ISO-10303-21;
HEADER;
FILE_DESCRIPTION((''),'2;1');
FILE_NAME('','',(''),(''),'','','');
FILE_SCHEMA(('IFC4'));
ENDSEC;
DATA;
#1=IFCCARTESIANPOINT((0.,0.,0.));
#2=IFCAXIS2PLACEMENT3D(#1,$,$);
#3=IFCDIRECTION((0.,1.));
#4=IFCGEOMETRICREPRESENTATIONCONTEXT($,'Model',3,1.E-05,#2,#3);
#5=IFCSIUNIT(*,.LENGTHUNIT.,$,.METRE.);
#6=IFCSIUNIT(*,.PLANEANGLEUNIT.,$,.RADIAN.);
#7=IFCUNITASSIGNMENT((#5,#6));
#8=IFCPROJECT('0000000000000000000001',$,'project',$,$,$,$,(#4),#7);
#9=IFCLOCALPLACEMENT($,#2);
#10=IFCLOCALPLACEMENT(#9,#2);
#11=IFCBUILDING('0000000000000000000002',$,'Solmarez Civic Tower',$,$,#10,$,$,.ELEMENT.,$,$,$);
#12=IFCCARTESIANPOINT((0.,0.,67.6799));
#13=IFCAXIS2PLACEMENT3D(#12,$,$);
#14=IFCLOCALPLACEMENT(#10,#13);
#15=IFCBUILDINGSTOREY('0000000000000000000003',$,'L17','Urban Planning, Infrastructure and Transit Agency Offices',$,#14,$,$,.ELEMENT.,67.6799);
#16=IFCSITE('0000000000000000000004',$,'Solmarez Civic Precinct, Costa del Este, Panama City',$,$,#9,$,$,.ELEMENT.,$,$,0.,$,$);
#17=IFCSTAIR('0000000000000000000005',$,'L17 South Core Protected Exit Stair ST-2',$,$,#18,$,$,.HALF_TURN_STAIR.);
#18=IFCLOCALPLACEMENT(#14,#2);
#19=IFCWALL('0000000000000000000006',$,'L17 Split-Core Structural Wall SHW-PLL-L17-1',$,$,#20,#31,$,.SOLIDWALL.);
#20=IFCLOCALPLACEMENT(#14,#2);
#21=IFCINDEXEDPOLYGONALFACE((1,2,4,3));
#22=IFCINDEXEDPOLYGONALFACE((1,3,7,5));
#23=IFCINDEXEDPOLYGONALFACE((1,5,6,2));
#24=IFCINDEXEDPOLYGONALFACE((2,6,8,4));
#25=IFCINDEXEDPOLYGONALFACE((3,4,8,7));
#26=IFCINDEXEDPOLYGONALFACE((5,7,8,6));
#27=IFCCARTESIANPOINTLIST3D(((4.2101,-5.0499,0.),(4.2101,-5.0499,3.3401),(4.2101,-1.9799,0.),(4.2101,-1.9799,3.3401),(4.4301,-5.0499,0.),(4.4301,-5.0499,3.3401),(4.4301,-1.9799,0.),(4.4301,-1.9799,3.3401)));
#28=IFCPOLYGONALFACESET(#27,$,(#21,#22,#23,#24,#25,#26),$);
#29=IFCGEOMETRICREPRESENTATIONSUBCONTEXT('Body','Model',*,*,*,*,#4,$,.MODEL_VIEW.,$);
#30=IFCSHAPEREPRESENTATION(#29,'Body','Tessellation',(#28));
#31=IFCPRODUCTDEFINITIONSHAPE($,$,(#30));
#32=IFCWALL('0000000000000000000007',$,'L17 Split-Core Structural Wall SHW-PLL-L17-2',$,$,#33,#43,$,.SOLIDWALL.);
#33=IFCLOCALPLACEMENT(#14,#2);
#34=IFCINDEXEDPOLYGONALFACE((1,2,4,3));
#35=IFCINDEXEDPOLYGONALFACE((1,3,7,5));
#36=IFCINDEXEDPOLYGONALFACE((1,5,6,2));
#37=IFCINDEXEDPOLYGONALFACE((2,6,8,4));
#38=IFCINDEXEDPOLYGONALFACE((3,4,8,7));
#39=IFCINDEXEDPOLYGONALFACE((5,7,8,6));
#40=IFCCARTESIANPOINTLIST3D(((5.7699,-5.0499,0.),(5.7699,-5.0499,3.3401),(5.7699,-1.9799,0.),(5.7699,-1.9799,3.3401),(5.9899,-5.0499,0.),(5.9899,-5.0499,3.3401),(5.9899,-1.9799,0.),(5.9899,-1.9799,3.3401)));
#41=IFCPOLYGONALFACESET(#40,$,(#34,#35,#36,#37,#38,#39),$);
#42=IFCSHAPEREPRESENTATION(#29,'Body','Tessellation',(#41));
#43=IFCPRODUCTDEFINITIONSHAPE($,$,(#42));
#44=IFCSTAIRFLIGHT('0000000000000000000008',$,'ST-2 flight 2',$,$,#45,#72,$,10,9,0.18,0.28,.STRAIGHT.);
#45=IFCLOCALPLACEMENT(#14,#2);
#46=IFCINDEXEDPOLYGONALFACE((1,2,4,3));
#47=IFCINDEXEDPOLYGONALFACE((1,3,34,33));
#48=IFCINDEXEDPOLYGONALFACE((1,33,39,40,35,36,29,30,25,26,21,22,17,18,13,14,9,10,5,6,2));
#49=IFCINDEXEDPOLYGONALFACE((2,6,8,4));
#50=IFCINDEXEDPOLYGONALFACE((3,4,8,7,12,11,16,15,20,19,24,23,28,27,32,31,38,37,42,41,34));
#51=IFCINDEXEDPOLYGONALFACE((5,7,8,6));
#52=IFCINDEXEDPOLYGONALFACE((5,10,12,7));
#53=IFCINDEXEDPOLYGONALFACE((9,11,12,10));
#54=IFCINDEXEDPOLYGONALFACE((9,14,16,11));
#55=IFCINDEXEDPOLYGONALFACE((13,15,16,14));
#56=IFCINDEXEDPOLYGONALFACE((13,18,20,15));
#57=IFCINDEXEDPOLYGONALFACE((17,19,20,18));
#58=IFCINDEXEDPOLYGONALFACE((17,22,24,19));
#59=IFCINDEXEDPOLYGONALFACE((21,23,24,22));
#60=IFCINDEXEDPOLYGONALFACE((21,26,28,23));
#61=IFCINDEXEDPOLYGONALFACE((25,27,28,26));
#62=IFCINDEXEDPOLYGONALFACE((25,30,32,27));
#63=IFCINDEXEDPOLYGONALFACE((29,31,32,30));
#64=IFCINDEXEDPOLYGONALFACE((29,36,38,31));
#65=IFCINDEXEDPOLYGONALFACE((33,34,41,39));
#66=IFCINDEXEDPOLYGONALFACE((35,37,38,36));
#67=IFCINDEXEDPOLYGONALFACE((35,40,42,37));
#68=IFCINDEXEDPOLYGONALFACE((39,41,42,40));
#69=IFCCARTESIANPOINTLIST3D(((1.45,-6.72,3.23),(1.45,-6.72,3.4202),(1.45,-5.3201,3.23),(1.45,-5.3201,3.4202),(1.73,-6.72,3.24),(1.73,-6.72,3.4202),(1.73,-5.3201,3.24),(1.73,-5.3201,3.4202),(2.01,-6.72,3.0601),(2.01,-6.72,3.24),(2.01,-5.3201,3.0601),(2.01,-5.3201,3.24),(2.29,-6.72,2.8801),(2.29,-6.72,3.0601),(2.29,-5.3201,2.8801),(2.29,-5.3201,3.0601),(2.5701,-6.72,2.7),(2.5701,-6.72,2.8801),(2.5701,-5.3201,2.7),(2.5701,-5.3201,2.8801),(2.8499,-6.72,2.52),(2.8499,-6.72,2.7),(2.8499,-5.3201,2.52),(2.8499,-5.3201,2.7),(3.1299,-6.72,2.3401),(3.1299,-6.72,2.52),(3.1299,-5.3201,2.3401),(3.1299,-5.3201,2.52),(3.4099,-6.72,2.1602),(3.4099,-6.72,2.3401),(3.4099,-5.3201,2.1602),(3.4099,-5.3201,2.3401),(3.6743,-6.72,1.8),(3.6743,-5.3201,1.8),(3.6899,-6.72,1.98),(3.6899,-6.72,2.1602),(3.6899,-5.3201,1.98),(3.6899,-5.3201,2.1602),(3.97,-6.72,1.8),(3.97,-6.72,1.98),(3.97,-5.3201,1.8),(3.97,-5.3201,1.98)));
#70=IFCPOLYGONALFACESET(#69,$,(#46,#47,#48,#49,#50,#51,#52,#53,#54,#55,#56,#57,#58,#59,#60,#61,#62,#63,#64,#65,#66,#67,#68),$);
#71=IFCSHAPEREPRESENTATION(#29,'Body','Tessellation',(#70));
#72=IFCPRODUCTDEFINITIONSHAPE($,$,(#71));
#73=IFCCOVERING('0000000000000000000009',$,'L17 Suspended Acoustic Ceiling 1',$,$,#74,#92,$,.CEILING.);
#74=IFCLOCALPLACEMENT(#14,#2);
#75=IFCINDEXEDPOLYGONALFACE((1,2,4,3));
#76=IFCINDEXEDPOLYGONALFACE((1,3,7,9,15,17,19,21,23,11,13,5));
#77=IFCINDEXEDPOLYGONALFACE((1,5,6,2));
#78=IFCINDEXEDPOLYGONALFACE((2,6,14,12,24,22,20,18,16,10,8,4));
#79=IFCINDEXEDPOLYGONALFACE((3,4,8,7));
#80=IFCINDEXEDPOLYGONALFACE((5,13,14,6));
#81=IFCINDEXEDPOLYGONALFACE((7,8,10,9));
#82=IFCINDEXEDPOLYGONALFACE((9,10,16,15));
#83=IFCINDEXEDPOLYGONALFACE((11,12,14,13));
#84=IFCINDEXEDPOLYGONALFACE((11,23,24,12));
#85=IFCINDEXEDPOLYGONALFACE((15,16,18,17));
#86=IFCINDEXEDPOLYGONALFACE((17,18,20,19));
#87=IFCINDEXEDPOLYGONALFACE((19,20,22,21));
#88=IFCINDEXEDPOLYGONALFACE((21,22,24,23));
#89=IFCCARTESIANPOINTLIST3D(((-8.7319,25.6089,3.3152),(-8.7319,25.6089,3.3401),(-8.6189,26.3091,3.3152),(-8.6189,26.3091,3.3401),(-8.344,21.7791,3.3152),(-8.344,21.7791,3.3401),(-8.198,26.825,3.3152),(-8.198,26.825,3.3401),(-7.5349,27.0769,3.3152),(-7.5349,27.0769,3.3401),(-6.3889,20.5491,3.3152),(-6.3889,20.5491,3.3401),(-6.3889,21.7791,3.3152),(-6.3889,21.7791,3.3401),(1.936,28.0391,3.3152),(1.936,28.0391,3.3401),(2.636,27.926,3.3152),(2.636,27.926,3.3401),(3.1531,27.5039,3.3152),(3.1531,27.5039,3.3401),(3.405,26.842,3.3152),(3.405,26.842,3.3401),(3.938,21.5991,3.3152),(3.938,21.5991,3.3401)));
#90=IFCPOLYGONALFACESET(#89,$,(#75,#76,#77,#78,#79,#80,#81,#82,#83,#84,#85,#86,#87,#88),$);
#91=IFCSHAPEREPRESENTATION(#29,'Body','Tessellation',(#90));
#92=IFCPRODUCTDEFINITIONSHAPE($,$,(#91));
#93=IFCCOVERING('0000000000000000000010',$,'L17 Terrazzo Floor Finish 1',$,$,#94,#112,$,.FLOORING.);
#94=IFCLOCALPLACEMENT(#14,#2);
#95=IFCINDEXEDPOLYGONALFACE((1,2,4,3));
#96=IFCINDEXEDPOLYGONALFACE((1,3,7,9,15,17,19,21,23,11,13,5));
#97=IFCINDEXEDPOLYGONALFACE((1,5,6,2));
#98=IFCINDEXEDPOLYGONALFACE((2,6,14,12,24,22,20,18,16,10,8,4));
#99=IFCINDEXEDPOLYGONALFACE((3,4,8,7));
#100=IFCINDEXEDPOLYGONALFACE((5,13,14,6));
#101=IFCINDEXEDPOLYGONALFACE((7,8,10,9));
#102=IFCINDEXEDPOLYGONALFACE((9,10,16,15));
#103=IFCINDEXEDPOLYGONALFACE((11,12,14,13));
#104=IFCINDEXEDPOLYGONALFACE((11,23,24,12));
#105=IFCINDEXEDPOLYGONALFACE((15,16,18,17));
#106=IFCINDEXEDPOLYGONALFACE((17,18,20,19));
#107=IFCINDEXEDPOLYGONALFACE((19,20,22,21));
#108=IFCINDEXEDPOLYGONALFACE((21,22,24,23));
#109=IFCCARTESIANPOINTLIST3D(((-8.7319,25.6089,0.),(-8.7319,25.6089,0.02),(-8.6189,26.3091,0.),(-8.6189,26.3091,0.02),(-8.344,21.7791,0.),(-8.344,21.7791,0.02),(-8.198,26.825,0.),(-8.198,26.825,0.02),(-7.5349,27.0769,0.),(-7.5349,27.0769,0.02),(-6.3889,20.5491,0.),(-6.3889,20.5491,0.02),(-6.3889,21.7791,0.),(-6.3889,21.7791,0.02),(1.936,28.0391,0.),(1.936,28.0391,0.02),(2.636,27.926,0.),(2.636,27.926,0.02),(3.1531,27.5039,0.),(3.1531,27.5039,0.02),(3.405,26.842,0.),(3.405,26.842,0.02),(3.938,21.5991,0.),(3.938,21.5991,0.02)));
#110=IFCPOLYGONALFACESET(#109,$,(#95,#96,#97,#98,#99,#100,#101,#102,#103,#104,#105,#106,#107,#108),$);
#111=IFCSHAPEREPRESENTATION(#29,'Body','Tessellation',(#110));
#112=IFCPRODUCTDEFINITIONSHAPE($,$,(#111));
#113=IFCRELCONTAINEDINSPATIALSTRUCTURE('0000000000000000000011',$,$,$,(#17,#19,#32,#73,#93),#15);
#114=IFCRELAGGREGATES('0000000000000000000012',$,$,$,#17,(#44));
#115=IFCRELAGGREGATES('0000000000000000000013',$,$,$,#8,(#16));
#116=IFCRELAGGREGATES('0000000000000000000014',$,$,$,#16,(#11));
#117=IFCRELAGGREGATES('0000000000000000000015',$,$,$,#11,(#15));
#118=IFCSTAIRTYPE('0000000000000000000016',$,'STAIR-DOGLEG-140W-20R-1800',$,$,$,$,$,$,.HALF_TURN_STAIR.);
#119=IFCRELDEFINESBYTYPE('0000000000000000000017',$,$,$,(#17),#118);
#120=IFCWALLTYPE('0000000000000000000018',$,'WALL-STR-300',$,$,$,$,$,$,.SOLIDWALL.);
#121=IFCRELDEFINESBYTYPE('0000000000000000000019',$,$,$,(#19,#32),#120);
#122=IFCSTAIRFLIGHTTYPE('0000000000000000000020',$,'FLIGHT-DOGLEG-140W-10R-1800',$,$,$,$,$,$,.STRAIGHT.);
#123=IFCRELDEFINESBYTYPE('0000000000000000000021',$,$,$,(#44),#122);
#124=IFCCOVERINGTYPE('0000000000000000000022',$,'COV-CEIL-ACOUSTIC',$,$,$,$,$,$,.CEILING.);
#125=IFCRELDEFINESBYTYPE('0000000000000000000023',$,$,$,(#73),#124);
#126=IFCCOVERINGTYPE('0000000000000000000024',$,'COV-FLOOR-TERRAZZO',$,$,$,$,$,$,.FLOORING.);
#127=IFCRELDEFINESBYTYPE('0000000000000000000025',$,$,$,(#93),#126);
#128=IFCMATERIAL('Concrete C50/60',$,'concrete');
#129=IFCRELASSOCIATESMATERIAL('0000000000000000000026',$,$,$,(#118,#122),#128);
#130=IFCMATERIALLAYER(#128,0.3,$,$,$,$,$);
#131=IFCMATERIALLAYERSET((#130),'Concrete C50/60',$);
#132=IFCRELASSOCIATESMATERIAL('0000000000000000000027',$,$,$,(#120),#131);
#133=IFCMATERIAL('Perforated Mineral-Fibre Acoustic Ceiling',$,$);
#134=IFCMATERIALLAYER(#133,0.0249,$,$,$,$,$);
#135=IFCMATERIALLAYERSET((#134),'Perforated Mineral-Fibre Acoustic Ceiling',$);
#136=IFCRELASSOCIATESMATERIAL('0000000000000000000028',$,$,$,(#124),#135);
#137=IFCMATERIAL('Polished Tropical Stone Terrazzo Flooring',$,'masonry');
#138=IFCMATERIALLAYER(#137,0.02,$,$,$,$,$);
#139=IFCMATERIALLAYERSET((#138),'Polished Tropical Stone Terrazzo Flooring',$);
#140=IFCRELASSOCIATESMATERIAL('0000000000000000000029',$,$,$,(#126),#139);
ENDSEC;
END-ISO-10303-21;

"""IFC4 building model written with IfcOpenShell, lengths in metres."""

from ifc_helpers import new_model, si_unit, direction, frame, frame_2d, origin, place, context, subcontext, project, spatial, polyline, rectangle, outline, extrude, material, layer, layer_set, type_object, element, aggregate, save


model = new_model("IFC4")

# Units and contexts
model_context = context("Model", 3, precision=1e-05, world=origin(), true_north=direction((0.0, 1.0)))
body_context = subcontext(model_context, "Body", "Model", "MODEL_VIEW")
ifc_project = project(units=[si_unit("LENGTHUNIT", "METRE"), si_unit("PLANEANGLEUNIT", "RADIAN")], contexts=[model_context])

# Site, building, storey
site_placement = place(None, origin())
site = spatial("IfcSite", under=ifc_project, at=site_placement, Name="Solmarez Civic Precinct, Costa del Este, Panama City", CompositionType="ELEMENT", RefElevation=0.0)
building_placement = place(site_placement, origin())
building = spatial("IfcBuilding", under=site, at=building_placement, Name="Solmarez Civic Tower", CompositionType="ELEMENT")
storey_placement = place(building_placement, frame((0.0, 0.0, 67.6799)))
storey = spatial("IfcBuildingStorey", under=building, at=storey_placement, Name="L17", Description="Urban Planning, Infrastructure and Transit Agency Offices", CompositionType="ELEMENT", Elevation=67.6799)

# Stair
ifc_material_1 = material(Name="Concrete C50/60", Category="concrete")
stair_type = type_object("IfcStairType", Name="STAIR-DOGLEG-140W-20R-1800", PredefinedType="HALF_TURN_STAIR", material=ifc_material_1)
stair_1_placement = place(storey_placement, origin())
stair_1 = element("IfcStair", 1, at=stair_1_placement, inside=storey, type_object=stair_type, Name="L17 South Core Protected Exit Stair ST-2", PredefinedType="HALF_TURN_STAIR")

# Walls
ifc_layer_1 = layer(ifc_material_1, 0.3)
ifc_layer_set_1 = layer_set([ifc_layer_1], Name="Concrete C50/60")
wall_type = type_object("IfcWallType", Name="WALL-STR-300", PredefinedType="SOLIDWALL", material=ifc_layer_set_1)
for number, where, z_axis, x_axis, name in (
    (2, (4.3201, -5.05, 0.0), (0.0, 0.0, 1.0), (0.0, 1.0, 0.0), "L17 Split-Core Structural Wall SHW-PLL-L17-1"),
    (3, (5.8799, -5.05, 0.0), (0.0, 0.0, 1.0), (0.0, 1.0, 0.0), "L17 Split-Core Structural Wall SHW-PLL-L17-2"),
):
    element("IfcWall", number, at=place(storey_placement, frame(where, z_axis=z_axis, x_axis=x_axis)), inside=storey, type_object=wall_type, Name=name, PredefinedType="SOLIDWALL", context=body_context, shape_type="SweptSolid", body=[
        extrude(rectangle(XDim=3.0701, YDim=0.22, at=frame_2d((1.5352, 0.0))), origin(), (0.0, 0.0, 1.0), 3.3401),
    ])

# Stair flight
stair_flight_type = type_object("IfcStairFlightType", Name="FLIGHT-DOGLEG-140W-10R-1800", PredefinedType="STRAIGHT", material=ifc_material_1)
stair_flight_placement = place(storey_placement, frame((3.97, -6.02, 1.8), z_axis=(0.0, 0.0, 1.0), x_axis=(-1.0, 0.0, 0.0)))
stair_flight = element("IfcStairFlight", 4, at=stair_flight_placement, type_object=stair_flight_type, Name="ST-2 flight 2", NumberOfRisers=10, NumberOfTreads=9, PredefinedType="STRAIGHT", RiserHeight=0.18, TreadLength=0.28, context=body_context, shape_type="SweptSolid", body=[
    extrude(outline(polyline([(0.0, 0.0), (0.0, 0.1799), (0.28, 0.1799), (0.28, 0.3601), (0.5601, 0.3601), (0.5601, 0.54), (0.8401, 0.54), (0.8401, 0.72), (1.1201, 0.72), (1.1201, 0.8999), (1.3999, 0.8999), (1.3999, 1.0801), (1.6799, 1.0801), (1.6799, 1.26), (1.96, 1.26), (1.96, 1.4399), (2.24, 1.4399), (2.24, 1.6201), (2.52, 1.6201), (2.52, 1.8), (2.52, 1.4299), (0.2957, 0.0), (0.0, 0.0)])), frame((0.0, 0.7, 0.0), z_axis=(0.0, -1.0, 0.0), x_axis=(1.0, 0.0, 0.0)), (0.0, 0.0, 1.0), 1.3999),
])
aggregate(stair_1, [stair_flight])

# Coverings
ifc_material_2 = material(Name="Perforated Mineral-Fibre Acoustic Ceiling")
ifc_layer_2 = layer(ifc_material_2, 0.0249)
ifc_layer_set_2 = layer_set([ifc_layer_2], Name="Perforated Mineral-Fibre Acoustic Ceiling")
covering_type_1 = type_object("IfcCoveringType", Name="COV-CEIL-ACOUSTIC", PredefinedType="CEILING", material=ifc_layer_set_2)
covering_1_placement = place(storey_placement, frame((0.0, 0.0, 3.3152)))
element("IfcCovering", 5, at=covering_1_placement, inside=storey, type_object=covering_type_1, Name="L17 Suspended Acoustic Ceiling 1", PredefinedType="CEILING", context=body_context, shape_type="SweptSolid", body=[
    extrude(outline(polyline([(3.938, 21.5991), (3.405, 26.842), (3.1531, 27.5039), (2.636, 27.926), (1.936, 28.0391), (-7.5349, 27.0769), (-8.198, 26.825), (-8.6189, 26.3091), (-8.7319, 25.6089), (-8.344, 21.7791), (-6.3889, 21.7791), (-6.3889, 20.5491), (3.938, 21.5991)])), origin(), (0.0, 0.0, 1.0), 0.0249),
])
ifc_material_3 = material(Name="Polished Tropical Stone Terrazzo Flooring", Category="masonry")
ifc_layer_3 = layer(ifc_material_3, 0.02)
ifc_layer_set_3 = layer_set([ifc_layer_3], Name="Polished Tropical Stone Terrazzo Flooring")
covering_type_2 = type_object("IfcCoveringType", Name="COV-FLOOR-TERRAZZO", PredefinedType="FLOORING", material=ifc_layer_set_3)
covering_2_placement = place(storey_placement, origin())
element("IfcCovering", 6, at=covering_2_placement, inside=storey, type_object=covering_type_2, Name="L17 Terrazzo Floor Finish 1", PredefinedType="FLOORING", context=body_context, shape_type="SweptSolid", body=[
    extrude(outline(polyline([(3.938, 21.5991), (3.405, 26.842), (3.1531, 27.5039), (2.636, 27.926), (1.936, 28.0391), (-7.5349, 27.0769), (-8.198, 26.825), (-8.6189, 26.3091), (-8.7319, 25.6089), (-8.344, 21.7791), (-6.3889, 21.7791), (-6.3889, 20.5491), (3.938, 21.5991)])), origin(), (0.0, 0.0, 1.0), 0.02),
])

save(model, "model.ifc")
